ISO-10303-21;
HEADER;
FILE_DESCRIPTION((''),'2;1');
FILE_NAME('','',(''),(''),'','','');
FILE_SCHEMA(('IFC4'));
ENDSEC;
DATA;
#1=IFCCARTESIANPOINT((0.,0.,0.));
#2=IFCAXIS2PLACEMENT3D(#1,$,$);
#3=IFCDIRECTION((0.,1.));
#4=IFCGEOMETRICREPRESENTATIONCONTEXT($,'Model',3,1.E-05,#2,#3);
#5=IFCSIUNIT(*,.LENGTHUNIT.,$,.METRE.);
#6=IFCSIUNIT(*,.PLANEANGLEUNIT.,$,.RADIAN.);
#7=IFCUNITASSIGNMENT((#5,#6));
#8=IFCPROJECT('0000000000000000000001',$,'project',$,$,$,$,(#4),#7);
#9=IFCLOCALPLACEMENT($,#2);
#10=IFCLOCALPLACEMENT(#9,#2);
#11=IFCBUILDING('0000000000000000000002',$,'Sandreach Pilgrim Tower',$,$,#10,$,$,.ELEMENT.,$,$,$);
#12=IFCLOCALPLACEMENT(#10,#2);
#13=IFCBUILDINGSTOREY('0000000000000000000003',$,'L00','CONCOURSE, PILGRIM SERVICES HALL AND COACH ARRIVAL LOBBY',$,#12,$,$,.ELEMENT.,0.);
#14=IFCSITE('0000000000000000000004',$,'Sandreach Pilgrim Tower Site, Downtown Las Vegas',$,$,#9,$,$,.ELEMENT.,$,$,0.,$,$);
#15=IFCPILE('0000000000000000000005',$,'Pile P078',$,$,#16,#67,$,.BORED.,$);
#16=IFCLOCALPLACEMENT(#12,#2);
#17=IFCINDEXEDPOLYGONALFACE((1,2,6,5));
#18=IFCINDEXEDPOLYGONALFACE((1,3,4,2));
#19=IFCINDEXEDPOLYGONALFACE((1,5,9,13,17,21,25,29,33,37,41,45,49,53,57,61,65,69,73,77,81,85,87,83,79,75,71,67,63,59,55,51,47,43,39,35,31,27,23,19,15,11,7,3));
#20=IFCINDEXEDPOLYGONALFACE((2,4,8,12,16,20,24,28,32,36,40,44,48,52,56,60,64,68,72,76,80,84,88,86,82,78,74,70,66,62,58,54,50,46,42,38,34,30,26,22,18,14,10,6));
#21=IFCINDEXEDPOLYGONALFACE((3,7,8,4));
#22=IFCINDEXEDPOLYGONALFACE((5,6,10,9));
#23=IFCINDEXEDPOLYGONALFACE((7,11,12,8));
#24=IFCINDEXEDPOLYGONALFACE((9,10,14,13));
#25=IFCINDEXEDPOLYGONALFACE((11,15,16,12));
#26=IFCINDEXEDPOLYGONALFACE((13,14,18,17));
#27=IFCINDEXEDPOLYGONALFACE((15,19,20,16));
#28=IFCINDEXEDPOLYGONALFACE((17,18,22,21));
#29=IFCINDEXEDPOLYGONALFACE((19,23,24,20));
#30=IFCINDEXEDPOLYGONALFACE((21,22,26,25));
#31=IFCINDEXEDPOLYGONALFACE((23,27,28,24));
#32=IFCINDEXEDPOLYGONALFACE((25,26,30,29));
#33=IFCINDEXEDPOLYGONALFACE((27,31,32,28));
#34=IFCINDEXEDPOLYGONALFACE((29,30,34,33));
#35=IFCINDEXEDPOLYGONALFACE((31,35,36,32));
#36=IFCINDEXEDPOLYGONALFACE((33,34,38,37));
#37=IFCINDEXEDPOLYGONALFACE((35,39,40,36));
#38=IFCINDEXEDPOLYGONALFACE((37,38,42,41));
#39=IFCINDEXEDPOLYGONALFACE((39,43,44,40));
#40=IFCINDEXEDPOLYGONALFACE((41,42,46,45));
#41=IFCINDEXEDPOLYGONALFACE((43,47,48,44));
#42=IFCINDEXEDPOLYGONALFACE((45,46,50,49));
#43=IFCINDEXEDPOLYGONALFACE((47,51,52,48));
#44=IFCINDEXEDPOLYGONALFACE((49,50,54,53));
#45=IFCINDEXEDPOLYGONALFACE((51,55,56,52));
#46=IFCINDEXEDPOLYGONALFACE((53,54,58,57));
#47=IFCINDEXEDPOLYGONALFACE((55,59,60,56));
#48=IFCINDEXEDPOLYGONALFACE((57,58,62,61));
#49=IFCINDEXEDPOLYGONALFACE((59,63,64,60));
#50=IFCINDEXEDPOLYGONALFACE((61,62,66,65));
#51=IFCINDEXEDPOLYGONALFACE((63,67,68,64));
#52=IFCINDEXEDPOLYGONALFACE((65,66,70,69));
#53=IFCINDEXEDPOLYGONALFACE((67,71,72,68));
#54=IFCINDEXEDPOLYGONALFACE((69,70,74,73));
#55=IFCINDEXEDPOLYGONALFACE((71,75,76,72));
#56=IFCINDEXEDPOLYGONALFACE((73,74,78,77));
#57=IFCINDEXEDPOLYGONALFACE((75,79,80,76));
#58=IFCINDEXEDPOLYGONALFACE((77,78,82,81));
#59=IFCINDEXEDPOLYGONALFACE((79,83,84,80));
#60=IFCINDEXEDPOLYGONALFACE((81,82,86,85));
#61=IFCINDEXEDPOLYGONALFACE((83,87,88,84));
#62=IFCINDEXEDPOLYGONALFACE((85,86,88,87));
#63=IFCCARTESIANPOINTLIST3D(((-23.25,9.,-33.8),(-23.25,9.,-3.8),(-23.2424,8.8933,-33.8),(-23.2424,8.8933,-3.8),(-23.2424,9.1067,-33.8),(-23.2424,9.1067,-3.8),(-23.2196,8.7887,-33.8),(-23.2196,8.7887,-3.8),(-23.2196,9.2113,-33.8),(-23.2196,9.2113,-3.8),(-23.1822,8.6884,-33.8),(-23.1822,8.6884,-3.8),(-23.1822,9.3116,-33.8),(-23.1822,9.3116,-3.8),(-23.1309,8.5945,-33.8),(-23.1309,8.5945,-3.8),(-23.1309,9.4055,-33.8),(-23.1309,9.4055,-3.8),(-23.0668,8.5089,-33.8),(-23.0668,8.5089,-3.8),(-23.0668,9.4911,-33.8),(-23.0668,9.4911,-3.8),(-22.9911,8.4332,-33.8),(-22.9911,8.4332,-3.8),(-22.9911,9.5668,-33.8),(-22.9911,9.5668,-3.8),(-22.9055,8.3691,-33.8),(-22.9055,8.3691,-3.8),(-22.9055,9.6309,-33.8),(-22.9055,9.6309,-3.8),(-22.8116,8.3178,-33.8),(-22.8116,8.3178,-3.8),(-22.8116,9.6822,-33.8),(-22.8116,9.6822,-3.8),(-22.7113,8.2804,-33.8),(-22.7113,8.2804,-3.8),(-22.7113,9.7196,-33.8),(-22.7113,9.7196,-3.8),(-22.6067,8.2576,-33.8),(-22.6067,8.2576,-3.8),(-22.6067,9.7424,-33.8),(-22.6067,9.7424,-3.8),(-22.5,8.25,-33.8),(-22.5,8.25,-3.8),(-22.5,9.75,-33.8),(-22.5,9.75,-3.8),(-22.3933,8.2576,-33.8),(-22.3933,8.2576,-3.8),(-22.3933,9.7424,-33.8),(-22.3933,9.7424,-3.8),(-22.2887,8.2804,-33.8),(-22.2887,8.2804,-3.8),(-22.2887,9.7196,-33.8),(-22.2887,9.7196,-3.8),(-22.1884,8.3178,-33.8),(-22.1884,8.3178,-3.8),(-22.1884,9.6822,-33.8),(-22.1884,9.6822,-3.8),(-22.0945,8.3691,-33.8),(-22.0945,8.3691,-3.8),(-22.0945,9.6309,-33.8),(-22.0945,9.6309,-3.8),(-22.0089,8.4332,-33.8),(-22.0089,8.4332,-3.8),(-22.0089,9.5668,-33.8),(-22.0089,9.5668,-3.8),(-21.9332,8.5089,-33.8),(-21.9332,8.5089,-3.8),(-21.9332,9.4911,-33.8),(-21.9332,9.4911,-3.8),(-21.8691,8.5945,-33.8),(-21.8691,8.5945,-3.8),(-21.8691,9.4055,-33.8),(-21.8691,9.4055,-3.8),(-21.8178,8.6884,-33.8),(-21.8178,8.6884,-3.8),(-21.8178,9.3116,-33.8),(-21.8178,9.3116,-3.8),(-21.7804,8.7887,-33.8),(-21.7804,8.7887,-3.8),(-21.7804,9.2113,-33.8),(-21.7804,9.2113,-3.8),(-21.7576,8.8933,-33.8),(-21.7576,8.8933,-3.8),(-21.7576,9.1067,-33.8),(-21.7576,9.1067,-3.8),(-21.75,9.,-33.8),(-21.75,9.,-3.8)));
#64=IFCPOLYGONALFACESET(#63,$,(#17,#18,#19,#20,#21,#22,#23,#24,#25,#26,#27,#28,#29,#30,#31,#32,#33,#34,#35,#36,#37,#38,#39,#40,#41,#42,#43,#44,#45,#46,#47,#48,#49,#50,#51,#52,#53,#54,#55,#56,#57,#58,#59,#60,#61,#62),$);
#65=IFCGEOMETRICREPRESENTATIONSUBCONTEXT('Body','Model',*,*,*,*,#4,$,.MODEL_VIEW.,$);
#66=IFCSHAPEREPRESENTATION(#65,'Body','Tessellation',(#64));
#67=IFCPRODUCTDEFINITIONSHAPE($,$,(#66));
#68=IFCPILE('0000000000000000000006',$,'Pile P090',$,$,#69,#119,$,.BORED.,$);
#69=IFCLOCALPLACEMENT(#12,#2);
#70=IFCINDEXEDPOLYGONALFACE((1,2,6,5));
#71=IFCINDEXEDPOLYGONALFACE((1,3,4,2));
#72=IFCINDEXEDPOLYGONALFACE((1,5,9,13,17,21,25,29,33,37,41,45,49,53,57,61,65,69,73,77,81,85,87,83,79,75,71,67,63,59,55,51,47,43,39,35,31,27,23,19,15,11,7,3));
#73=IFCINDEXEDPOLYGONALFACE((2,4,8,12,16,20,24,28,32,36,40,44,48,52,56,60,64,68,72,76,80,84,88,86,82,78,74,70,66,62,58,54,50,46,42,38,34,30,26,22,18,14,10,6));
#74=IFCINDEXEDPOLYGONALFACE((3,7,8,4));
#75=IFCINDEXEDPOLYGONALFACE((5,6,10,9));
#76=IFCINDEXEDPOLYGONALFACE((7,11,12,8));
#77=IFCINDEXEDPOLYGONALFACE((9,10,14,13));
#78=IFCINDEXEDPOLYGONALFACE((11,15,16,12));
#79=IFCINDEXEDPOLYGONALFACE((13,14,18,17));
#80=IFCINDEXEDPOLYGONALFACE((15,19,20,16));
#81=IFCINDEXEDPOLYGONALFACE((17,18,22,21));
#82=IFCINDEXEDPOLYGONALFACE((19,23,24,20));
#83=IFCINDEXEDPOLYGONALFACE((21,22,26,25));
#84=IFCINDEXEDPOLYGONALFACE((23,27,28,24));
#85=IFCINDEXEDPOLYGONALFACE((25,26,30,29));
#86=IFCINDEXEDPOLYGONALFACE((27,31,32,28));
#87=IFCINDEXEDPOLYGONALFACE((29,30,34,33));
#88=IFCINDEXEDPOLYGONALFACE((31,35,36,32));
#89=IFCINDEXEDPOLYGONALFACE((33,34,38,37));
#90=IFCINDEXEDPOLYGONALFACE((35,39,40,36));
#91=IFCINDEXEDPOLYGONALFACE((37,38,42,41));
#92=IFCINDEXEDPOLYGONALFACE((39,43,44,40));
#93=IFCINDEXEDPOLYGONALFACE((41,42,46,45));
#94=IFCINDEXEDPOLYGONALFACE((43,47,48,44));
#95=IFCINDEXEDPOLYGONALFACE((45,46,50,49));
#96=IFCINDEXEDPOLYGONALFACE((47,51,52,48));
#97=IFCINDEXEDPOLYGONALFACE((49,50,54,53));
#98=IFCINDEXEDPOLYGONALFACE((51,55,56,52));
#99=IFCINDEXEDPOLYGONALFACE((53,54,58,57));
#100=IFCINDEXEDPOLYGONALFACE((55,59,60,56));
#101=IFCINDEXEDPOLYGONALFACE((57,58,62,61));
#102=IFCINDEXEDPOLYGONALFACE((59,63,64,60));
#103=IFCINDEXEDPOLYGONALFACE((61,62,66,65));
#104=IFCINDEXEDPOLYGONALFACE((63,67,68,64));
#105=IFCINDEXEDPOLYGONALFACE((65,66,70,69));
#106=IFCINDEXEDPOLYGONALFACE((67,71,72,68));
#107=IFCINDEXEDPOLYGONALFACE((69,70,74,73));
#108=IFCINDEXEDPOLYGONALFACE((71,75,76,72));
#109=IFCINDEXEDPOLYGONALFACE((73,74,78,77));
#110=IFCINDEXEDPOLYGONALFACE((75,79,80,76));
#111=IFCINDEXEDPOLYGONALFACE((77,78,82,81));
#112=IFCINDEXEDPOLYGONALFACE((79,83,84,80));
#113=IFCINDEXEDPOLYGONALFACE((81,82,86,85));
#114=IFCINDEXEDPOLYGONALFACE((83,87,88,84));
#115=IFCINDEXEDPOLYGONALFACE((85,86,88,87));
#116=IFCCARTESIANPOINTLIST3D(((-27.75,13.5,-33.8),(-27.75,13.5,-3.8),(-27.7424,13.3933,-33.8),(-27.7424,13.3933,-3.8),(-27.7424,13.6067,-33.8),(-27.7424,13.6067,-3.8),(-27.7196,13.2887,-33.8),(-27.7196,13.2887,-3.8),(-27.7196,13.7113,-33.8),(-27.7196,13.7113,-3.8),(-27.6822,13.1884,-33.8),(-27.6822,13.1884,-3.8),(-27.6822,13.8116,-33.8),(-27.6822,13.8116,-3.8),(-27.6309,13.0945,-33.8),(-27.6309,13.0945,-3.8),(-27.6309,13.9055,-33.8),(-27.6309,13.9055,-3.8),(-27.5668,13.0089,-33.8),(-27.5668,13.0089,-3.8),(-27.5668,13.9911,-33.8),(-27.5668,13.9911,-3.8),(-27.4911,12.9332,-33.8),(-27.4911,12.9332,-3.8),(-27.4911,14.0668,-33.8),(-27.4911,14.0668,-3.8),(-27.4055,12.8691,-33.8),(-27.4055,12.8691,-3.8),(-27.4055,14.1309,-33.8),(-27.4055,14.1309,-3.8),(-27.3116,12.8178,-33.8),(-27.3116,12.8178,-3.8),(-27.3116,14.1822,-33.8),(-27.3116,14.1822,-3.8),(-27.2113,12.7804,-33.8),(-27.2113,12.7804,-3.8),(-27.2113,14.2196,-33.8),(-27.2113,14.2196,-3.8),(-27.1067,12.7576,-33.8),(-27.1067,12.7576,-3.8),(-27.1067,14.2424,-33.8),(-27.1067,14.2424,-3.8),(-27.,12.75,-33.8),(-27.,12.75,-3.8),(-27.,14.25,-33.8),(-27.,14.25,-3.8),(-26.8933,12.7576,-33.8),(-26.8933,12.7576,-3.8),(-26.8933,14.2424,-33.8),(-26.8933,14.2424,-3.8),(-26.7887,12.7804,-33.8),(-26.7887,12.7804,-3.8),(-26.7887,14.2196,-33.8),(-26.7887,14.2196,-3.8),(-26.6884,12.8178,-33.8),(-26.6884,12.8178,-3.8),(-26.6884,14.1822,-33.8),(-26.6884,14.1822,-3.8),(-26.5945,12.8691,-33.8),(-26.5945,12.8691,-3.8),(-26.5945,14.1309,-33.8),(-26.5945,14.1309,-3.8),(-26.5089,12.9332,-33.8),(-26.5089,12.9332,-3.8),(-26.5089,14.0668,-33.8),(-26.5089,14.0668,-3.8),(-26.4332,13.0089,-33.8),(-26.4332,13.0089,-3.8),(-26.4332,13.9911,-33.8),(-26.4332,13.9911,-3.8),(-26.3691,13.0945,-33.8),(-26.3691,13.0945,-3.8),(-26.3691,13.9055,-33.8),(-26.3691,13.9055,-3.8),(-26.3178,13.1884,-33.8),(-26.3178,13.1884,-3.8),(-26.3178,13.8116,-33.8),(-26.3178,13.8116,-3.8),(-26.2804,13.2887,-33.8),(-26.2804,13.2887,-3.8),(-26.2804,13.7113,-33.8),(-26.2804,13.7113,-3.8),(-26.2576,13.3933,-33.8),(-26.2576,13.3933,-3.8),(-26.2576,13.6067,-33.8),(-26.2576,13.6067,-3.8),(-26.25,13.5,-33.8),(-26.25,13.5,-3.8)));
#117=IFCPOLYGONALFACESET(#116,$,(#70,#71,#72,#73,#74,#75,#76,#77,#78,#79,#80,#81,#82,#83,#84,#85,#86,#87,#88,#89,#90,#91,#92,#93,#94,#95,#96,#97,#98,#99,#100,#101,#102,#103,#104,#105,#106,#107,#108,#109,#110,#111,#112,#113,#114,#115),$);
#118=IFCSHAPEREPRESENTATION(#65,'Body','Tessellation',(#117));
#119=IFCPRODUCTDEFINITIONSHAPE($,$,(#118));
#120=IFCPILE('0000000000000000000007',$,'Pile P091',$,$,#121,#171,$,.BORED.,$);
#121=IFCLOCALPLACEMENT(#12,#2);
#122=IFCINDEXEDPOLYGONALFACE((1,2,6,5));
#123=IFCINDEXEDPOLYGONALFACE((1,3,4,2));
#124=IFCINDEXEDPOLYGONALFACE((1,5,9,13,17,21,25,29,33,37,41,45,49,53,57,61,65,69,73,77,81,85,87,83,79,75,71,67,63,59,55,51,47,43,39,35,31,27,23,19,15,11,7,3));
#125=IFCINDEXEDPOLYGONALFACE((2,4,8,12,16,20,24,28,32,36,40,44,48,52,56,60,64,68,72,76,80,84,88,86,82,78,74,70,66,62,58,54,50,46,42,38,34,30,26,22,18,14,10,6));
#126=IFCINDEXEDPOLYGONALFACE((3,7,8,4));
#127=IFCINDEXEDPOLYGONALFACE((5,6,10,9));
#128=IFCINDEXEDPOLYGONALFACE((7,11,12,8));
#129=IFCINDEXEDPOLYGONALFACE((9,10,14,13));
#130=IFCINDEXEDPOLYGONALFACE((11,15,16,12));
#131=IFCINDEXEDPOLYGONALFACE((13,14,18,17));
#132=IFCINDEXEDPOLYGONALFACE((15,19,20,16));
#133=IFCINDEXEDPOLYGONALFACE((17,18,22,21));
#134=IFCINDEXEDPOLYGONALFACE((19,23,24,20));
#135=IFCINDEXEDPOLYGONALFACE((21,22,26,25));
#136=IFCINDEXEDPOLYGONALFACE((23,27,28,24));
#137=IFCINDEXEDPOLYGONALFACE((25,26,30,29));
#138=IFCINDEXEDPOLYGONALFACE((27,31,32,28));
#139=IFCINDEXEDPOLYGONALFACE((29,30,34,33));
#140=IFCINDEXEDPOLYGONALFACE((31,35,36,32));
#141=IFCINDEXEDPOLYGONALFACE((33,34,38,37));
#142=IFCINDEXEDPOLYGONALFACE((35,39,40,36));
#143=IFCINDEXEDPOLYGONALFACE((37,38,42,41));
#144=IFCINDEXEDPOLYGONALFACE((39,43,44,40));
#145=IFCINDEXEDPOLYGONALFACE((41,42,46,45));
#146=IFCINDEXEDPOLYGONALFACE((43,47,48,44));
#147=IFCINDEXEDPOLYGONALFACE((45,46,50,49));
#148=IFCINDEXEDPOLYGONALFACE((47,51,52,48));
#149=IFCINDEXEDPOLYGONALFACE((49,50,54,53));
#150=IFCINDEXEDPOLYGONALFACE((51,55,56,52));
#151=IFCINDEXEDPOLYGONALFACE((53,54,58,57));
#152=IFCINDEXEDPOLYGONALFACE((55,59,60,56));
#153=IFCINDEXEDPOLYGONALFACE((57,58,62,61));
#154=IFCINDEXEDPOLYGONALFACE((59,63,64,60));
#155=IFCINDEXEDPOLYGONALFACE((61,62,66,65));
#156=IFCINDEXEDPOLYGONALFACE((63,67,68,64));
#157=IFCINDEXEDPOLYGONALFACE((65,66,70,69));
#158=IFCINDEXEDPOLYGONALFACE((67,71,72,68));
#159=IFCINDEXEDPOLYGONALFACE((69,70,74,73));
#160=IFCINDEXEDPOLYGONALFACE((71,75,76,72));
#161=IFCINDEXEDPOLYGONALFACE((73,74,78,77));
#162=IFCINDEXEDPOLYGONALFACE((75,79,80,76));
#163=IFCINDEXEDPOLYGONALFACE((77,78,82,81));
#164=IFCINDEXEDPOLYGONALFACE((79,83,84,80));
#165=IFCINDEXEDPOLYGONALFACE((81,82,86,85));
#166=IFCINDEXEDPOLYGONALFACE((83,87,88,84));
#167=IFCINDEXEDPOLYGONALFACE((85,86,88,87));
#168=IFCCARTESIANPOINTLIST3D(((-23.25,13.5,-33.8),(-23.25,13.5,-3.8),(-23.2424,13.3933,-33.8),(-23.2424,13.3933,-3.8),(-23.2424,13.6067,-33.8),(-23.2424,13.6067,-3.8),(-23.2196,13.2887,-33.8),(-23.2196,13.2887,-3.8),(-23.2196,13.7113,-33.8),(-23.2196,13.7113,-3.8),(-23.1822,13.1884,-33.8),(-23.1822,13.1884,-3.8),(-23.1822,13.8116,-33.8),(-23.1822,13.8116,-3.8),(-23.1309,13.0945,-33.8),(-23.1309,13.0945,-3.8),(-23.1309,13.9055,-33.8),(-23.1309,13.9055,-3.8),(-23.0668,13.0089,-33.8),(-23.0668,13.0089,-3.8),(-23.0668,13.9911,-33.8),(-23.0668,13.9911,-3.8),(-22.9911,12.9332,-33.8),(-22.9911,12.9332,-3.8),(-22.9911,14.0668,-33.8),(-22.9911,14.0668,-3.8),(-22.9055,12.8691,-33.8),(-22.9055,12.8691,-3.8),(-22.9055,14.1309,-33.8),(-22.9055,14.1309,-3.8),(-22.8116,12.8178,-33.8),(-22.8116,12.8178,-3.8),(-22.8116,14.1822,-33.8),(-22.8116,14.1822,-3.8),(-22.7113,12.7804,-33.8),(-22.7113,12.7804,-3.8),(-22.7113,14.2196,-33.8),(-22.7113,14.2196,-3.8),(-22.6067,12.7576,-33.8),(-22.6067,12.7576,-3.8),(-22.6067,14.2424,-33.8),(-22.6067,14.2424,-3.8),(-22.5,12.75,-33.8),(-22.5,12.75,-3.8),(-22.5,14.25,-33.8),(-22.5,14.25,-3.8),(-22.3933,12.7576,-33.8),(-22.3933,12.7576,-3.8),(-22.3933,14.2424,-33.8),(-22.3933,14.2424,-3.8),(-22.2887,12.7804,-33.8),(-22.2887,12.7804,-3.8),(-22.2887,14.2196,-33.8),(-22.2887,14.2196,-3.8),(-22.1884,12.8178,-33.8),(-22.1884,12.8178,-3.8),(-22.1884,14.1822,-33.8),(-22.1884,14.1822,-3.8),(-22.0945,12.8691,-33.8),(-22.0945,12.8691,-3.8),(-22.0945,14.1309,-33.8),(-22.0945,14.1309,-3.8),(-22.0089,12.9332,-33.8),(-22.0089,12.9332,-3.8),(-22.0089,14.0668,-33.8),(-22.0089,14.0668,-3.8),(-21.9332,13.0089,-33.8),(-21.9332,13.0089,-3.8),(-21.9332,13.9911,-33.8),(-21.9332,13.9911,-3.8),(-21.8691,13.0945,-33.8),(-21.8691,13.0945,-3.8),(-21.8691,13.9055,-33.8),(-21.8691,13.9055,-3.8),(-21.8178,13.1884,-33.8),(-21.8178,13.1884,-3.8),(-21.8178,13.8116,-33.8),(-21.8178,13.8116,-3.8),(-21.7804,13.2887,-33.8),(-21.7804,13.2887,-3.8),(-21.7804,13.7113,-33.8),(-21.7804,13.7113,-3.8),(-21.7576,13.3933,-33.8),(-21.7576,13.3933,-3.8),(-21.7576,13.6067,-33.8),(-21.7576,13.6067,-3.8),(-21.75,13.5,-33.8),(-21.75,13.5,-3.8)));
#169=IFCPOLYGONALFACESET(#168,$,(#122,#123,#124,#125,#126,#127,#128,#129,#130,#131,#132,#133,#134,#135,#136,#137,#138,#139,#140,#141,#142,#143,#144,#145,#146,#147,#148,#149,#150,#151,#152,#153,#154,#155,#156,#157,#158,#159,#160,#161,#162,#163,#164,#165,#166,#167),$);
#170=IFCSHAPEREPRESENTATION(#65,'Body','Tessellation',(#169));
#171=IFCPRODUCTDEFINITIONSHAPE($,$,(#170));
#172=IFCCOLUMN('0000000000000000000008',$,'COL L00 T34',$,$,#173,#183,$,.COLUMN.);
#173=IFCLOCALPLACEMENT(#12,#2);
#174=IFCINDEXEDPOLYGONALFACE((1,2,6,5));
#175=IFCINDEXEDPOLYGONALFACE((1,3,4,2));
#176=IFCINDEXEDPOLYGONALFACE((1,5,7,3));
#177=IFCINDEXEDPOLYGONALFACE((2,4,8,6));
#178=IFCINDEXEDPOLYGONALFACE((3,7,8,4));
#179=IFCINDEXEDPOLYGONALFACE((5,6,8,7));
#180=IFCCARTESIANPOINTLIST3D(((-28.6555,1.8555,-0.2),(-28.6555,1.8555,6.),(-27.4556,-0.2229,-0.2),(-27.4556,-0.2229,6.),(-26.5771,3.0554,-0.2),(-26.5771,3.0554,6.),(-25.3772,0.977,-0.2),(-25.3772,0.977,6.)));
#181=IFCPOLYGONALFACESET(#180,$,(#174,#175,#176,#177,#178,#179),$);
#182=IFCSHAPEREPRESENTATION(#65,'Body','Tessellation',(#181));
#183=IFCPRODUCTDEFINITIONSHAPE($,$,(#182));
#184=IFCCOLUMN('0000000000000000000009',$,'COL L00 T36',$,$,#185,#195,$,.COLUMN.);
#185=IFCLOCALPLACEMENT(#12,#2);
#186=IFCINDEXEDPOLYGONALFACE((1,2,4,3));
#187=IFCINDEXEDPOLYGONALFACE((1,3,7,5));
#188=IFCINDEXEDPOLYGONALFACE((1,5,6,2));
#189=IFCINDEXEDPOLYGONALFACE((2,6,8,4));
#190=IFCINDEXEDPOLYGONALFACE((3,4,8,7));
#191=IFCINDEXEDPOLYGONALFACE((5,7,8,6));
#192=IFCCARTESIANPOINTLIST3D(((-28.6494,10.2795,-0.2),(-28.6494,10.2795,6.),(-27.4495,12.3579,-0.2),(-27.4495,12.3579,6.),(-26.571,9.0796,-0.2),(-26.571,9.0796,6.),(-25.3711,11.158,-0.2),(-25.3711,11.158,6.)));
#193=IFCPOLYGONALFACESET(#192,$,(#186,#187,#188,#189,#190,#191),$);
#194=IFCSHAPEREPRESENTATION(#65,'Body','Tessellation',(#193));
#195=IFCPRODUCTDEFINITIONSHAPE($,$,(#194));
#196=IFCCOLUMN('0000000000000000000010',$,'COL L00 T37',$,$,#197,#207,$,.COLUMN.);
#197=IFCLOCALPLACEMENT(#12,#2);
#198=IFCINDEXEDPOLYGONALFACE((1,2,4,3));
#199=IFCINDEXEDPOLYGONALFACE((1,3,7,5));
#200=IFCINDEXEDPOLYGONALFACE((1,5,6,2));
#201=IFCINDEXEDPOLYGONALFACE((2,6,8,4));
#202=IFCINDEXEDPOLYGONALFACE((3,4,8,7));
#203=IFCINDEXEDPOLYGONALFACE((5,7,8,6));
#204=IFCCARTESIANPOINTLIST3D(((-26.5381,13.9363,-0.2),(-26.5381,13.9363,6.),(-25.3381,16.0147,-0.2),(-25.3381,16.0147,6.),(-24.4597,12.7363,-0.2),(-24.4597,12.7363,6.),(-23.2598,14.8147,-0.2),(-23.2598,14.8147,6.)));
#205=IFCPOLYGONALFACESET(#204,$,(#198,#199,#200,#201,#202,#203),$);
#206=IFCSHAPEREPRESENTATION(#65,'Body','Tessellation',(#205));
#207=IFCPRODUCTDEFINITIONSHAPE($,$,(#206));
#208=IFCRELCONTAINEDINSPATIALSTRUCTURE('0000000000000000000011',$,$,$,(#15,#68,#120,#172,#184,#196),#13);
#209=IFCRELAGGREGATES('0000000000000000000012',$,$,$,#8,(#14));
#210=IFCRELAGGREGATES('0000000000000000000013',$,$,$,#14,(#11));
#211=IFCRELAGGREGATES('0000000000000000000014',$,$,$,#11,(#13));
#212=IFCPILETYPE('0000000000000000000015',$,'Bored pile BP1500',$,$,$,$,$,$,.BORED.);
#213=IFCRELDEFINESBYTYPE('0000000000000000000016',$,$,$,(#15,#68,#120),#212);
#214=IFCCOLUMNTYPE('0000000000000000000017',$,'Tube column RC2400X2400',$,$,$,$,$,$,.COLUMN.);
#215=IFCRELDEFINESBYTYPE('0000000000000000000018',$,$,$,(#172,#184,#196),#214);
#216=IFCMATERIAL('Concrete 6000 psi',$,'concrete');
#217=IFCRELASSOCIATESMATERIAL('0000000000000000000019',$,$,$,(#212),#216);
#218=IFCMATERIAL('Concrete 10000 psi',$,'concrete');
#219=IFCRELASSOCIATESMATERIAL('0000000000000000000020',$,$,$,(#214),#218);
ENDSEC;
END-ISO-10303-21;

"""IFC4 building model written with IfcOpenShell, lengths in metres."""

from ifc_helpers import new_model, si_unit, direction, frame, origin, origin_2d, place, context, subcontext, project, spatial, rectangle, circle, extrude, material, material_profile, profile_set, type_object, element, save


model = new_model("IFC4")

# Units and contexts
model_context = context("Model", 3, precision=1e-05, world=origin(), true_north=direction((0.0, 1.0)))
body_context = subcontext(model_context, "Body", "Model", "MODEL_VIEW")
ifc_project = project(units=[si_unit("LENGTHUNIT", "METRE"), si_unit("PLANEANGLEUNIT", "RADIAN")], contexts=[model_context])

# Site, building, storey
site_placement = place(None, origin())
site = spatial("IfcSite", under=ifc_project, at=site_placement, Name="Sandreach Pilgrim Tower Site, Downtown Las Vegas", CompositionType="ELEMENT", RefElevation=0.0)
building_placement = place(site_placement, origin())
building = spatial("IfcBuilding", under=site, at=building_placement, Name="Sandreach Pilgrim Tower", CompositionType="ELEMENT")
storey_placement = place(building_placement, origin())
storey = spatial("IfcBuildingStorey", under=building, at=storey_placement, Name="L00", Description="CONCOURSE, PILGRIM SERVICES HALL AND COACH ARRIVAL LOBBY", CompositionType="ELEMENT", Elevation=0.0)

# Piles
ifc_material_1 = material(Name="Concrete 6000 psi", Category="concrete")
ifc_material_profile_1 = material_profile(ifc_material_1, circle(Radius=0.75, at=origin_2d()), Name="BP1500")
ifc_profile_set_1 = profile_set([ifc_material_profile_1], Name="Concrete 6000 psi")
pile_type = type_object("IfcPileType", Name="Bored pile BP1500", PredefinedType="BORED", material=ifc_profile_set_1)
for number, where, z_axis, x_axis, name in (
    (1, (-22.5, 9.0, -3.8), (0.0, 0.0, -1.0), (1.0, 0.0, 0.0), "Pile P078"),
    (2, (-27.0, 13.5, -3.8), (0.0, 0.0, -1.0), (1.0, 0.0, 0.0), "Pile P090"),
    (3, (-22.5, 13.5, -3.8), (0.0, 0.0, -1.0), (1.0, 0.0, 0.0), "Pile P091"),
):
    element("IfcPile", number, at=place(storey_placement, frame(where, z_axis=z_axis, x_axis=x_axis)), inside=storey, type_object=pile_type, Name=name, PredefinedType="BORED", context=body_context, shape_type="SweptSolid", body=[
        extrude(circle(Radius=0.75, at=origin_2d()), origin(), (0.0, 0.0, 1.0), 30.0),
    ])

# Columns
ifc_material_2 = material(Name="Concrete 10000 psi", Category="concrete")
ifc_material_profile_2 = material_profile(ifc_material_2, rectangle(XDim=2.3999, YDim=2.3999, at=origin_2d()), Name="RC2400X2400")
ifc_profile_set_2 = profile_set([ifc_material_profile_2], Name="Concrete 10000 psi")
column_type_1 = type_object("IfcColumnType", Name="Tube column RC2400X2400", PredefinedType="COLUMN", material=ifc_profile_set_2)
for number, where, z_axis, x_axis, name in (
    (4, (-27.0164, 1.4163, -0.2), (0.0, 0.0, 1.0), (-0.866025, -0.5, 0.0), "COL L00 T34"),
    (5, (-27.0103, 10.7188, -0.2), (0.0, 0.0, 1.0), (-0.866025, 0.5, 0.0), "COL L00 T36"),
    (6, (-24.8989, 14.3755, -0.2), (0.0, 0.0, 1.0), (-0.866025, 0.5, 0.0), "COL L00 T37"),
):
    element("IfcColumn", number, at=place(storey_placement, frame(where, z_axis=z_axis, x_axis=x_axis)), inside=storey, type_object=column_type_1, Name=name, PredefinedType="COLUMN", context=body_context, shape_type="SweptSolid", body=[
        extrude(rectangle(XDim=2.3999, YDim=2.3999, at=origin_2d()), origin(), (0.0, 0.0, 1.0), 6.2),
    ])

save(model, "model.ifc")
